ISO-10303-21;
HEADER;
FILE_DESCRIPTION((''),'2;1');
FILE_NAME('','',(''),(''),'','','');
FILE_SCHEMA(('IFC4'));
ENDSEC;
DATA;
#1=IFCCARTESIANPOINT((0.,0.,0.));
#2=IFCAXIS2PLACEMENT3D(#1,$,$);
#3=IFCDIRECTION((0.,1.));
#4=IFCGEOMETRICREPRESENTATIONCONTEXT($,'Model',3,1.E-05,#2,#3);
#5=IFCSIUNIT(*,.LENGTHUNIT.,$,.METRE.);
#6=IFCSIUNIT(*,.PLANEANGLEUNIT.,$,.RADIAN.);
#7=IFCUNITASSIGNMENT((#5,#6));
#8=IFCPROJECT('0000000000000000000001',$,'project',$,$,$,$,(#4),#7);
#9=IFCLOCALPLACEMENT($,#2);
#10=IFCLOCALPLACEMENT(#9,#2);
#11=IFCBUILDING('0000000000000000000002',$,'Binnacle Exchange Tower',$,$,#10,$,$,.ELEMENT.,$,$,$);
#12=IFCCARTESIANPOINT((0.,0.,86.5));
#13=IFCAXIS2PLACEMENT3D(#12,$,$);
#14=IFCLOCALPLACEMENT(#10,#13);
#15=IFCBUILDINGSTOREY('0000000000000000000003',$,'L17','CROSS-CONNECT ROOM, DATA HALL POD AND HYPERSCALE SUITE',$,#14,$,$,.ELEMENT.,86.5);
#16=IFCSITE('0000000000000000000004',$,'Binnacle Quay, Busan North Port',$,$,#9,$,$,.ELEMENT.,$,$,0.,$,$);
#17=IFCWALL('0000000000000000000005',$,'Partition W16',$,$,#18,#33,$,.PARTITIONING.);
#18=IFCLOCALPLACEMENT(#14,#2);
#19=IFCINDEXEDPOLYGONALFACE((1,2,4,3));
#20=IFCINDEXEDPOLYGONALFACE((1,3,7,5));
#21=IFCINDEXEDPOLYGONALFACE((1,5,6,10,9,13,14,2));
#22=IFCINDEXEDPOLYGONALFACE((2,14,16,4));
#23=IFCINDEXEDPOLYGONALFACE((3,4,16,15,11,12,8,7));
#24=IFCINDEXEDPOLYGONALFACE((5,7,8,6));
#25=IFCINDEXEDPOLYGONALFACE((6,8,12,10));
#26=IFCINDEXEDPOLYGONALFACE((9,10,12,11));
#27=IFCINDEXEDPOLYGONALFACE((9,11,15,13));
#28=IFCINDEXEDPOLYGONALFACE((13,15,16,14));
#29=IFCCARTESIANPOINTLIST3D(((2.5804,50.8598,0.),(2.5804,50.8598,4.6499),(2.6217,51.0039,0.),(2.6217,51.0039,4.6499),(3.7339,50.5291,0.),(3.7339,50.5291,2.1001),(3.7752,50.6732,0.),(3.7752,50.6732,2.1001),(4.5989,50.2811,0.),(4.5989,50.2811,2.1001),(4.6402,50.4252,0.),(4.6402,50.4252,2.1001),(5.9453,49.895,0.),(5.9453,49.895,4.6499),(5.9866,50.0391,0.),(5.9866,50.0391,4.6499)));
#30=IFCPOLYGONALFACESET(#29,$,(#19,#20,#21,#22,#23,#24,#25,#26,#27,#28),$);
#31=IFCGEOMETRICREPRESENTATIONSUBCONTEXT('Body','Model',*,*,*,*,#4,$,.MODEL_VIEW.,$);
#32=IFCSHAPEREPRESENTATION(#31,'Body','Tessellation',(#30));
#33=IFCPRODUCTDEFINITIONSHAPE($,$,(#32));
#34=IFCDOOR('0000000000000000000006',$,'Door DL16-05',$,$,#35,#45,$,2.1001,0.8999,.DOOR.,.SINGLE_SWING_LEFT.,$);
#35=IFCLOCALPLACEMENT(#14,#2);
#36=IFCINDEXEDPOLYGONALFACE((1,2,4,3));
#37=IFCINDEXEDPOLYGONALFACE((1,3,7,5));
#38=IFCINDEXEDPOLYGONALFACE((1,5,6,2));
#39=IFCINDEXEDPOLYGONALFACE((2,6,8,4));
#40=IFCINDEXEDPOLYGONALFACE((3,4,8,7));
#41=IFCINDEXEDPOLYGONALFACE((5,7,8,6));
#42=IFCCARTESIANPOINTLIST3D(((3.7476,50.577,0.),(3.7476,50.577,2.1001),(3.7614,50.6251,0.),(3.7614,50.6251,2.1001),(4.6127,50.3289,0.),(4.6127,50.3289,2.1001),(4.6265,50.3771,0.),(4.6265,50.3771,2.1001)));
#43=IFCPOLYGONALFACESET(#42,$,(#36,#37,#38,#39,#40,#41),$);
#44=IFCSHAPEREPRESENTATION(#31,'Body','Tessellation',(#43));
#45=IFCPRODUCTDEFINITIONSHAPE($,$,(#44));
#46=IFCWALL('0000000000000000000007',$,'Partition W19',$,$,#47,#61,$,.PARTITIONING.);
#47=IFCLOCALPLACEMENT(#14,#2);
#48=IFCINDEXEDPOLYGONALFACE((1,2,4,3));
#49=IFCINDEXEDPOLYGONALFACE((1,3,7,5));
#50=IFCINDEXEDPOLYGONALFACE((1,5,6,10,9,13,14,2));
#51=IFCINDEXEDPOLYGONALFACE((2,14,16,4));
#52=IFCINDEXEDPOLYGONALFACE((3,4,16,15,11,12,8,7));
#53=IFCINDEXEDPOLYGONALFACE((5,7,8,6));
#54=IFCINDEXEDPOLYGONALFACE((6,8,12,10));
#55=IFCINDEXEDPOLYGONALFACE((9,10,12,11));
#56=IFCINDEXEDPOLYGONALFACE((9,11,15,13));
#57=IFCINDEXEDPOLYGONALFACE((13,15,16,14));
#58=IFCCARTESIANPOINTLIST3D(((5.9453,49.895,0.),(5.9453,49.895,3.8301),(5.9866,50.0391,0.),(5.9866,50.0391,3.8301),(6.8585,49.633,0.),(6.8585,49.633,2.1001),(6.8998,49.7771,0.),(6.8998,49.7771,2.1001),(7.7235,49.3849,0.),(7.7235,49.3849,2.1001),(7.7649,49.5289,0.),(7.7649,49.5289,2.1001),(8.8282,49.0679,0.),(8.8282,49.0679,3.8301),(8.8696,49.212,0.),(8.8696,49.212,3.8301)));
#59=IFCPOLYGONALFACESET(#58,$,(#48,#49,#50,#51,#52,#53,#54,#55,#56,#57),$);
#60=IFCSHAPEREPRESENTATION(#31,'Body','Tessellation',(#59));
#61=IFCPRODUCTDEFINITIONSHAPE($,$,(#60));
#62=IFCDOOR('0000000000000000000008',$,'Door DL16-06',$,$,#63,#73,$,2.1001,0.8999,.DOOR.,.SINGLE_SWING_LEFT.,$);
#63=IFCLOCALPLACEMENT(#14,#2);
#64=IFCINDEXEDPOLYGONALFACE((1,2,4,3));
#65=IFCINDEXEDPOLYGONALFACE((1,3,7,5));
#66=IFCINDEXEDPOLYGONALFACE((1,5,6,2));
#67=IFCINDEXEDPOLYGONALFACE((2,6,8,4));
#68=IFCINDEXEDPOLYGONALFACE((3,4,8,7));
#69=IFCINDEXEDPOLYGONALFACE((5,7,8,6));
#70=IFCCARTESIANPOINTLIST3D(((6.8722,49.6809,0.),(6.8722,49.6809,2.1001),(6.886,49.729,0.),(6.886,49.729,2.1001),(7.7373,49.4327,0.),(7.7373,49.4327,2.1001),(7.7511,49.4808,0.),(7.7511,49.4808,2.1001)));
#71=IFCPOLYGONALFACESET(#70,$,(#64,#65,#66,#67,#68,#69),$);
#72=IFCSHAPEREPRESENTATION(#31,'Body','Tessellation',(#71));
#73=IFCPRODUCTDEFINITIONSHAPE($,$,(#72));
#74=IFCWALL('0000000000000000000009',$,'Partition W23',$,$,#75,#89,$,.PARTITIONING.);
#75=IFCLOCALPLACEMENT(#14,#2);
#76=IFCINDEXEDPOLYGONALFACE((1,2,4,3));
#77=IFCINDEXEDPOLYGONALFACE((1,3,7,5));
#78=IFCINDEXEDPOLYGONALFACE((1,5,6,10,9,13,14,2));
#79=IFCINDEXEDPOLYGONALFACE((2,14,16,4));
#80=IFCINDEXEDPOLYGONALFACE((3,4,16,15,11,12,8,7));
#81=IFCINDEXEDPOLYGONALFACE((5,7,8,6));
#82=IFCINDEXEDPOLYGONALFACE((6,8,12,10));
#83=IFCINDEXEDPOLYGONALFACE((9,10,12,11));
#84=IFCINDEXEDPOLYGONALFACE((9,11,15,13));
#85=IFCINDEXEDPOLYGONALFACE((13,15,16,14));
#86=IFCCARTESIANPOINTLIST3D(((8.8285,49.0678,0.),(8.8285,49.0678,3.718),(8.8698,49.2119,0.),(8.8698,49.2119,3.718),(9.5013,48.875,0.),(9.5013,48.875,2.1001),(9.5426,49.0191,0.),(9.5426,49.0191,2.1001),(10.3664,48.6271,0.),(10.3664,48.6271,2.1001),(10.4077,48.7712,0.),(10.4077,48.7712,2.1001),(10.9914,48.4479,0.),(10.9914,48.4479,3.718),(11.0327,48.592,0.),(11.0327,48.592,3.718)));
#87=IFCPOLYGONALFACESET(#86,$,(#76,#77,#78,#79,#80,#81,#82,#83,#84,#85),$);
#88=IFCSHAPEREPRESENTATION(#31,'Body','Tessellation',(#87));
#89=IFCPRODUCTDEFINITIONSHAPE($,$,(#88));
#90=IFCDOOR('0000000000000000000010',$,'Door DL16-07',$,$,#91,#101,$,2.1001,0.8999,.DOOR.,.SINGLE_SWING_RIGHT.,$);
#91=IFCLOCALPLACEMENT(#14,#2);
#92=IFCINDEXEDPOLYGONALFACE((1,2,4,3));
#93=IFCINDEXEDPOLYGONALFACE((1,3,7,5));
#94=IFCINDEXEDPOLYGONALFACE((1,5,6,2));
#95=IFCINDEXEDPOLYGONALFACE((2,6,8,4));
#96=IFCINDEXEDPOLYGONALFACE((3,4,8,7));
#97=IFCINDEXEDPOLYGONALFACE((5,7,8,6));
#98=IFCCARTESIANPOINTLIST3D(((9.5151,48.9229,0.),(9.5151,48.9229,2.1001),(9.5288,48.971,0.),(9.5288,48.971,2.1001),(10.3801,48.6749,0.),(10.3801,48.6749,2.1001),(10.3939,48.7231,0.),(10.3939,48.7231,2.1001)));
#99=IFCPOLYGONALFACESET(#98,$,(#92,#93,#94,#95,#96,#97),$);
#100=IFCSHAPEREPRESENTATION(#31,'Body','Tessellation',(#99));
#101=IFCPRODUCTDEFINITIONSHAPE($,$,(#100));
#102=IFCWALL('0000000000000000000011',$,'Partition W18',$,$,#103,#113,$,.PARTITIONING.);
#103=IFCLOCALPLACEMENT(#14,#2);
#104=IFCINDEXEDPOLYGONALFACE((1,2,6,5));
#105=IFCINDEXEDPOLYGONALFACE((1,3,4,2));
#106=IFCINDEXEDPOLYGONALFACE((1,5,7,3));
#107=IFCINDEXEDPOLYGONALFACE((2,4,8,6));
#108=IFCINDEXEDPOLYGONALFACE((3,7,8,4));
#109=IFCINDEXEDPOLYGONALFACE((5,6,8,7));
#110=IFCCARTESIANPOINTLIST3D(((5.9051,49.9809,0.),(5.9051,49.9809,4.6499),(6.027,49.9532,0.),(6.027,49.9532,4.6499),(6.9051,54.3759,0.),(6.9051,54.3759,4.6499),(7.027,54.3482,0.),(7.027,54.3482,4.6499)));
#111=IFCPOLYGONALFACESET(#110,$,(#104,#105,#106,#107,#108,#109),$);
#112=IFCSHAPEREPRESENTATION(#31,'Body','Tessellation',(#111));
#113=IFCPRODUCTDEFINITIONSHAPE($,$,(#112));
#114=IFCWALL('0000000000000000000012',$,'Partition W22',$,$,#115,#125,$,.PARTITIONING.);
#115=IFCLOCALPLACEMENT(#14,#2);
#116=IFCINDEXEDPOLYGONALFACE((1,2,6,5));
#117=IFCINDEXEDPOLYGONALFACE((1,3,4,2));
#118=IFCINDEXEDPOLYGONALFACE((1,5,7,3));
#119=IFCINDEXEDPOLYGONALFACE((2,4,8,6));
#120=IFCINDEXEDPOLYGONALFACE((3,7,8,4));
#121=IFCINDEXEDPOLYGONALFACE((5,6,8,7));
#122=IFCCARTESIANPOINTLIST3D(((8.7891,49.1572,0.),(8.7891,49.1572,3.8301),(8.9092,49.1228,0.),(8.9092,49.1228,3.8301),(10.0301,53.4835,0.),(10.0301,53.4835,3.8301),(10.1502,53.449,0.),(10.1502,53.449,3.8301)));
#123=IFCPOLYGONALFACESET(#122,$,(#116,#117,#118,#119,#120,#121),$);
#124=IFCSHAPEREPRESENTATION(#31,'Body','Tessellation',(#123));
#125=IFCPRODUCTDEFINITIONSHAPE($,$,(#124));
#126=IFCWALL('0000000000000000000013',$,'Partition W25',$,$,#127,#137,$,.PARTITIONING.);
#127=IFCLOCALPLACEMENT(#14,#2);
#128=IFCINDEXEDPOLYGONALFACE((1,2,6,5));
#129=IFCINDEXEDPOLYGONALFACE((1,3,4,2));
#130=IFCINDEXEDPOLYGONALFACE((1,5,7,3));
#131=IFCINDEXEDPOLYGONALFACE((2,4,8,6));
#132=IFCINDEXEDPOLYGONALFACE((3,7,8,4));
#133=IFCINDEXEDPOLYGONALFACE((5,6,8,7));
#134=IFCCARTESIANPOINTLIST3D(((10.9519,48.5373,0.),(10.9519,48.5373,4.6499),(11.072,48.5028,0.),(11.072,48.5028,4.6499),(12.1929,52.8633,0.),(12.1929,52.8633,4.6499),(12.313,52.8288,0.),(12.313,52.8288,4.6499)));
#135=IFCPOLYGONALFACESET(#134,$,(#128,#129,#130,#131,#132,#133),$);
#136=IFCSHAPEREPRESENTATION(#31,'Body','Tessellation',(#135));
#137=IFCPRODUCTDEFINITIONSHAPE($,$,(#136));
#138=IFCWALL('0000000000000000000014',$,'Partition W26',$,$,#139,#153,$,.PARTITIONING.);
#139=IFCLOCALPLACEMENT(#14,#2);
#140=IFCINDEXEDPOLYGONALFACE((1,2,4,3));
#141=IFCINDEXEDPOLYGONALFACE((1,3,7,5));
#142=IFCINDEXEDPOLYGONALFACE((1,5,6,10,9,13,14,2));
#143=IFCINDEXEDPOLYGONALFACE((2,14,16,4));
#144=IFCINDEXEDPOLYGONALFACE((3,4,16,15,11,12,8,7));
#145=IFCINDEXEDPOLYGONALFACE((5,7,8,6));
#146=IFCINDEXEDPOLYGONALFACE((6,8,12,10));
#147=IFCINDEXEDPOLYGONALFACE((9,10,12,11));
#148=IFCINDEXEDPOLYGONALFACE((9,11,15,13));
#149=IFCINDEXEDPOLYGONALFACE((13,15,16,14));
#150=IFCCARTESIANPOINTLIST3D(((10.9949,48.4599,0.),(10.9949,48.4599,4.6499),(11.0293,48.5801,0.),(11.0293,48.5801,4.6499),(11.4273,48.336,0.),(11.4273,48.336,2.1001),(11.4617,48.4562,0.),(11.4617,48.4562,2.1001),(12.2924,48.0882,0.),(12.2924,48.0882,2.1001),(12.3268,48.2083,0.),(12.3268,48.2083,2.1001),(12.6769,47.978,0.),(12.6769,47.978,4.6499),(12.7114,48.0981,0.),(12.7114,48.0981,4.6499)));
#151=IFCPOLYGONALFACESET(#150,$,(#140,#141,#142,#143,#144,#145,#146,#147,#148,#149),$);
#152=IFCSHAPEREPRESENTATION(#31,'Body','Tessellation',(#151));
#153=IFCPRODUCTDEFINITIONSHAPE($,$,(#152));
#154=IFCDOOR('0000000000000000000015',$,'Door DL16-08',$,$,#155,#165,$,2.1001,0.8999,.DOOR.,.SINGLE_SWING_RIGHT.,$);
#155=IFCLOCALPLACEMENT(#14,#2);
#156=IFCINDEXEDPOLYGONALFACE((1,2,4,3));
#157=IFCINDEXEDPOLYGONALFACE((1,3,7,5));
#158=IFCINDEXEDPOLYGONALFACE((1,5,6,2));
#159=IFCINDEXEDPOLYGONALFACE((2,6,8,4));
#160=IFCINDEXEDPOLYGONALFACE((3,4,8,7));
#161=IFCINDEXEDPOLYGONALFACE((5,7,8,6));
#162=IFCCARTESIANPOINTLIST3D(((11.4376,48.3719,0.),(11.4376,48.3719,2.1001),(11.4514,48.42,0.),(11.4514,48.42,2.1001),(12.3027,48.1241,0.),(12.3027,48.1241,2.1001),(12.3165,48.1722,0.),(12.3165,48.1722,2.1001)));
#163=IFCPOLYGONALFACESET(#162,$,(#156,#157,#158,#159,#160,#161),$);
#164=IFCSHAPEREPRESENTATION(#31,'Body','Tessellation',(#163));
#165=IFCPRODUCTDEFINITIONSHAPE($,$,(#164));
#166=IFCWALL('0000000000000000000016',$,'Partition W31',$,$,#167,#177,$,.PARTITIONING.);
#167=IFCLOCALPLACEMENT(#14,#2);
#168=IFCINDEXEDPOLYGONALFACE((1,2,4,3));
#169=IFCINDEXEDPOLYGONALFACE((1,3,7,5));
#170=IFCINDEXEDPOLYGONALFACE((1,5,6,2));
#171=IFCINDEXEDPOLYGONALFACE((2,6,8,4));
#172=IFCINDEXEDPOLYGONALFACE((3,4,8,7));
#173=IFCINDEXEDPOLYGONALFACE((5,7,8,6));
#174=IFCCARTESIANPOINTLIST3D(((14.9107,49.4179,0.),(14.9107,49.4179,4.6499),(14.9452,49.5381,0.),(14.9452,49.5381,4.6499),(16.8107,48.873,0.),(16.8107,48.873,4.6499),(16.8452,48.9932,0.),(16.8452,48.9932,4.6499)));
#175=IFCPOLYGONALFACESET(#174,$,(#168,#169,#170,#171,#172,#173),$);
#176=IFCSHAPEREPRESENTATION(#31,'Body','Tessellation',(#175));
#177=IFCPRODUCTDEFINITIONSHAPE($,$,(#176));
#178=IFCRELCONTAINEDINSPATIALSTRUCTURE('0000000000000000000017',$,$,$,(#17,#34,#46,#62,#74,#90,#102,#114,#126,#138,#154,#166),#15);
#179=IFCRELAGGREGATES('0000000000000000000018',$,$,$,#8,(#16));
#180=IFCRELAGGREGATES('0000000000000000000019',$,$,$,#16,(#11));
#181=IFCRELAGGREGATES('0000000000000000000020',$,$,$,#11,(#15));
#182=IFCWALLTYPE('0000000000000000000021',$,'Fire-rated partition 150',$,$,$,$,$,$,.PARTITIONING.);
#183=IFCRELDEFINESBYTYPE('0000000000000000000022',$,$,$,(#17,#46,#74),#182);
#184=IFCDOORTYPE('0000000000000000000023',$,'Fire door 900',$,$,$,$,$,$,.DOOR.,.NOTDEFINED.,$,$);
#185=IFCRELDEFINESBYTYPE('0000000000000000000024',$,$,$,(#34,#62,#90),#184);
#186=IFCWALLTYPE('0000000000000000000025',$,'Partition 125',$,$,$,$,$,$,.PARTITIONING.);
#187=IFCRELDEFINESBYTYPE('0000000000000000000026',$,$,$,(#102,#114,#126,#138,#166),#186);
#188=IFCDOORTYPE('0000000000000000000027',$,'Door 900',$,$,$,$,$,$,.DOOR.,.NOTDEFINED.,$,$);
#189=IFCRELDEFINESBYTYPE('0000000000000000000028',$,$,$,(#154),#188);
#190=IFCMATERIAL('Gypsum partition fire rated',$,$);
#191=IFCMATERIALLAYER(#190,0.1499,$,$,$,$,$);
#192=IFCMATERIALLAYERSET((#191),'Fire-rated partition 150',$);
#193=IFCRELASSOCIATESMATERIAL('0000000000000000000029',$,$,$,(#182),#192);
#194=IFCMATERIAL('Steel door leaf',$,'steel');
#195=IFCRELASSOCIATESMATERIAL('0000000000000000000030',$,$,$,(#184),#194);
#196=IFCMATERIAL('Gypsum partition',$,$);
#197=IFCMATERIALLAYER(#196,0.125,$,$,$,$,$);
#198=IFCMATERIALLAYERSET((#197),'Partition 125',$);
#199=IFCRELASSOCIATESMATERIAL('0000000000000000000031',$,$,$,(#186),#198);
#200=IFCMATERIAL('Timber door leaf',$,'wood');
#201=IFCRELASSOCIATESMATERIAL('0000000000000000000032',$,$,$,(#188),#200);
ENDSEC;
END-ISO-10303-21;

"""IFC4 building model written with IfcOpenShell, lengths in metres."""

from ifc_helpers import new_model, si_unit, direction, frame, frame_2d, origin, place, context, subcontext, project, spatial, rectangle, extrude, material, layer, layer_set, type_object, element, fill, save


model = new_model("IFC4")

# Units and contexts
model_context = context("Model", 3, precision=1e-05, world=origin(), true_north=direction((0.0, 1.0)))
body_context = subcontext(model_context, "Body", "Model", "MODEL_VIEW")
ifc_project = project(units=[si_unit("LENGTHUNIT", "METRE"), si_unit("PLANEANGLEUNIT", "RADIAN")], contexts=[model_context])

# Site, building, storey
site_placement = place(None, origin())
site = spatial("IfcSite", under=ifc_project, at=site_placement, Name="Binnacle Quay, Busan North Port", CompositionType="ELEMENT", RefElevation=0.0)
building_placement = place(site_placement, origin())
building = spatial("IfcBuilding", under=site, at=building_placement, Name="Binnacle Exchange Tower", CompositionType="ELEMENT")
storey_placement = place(building_placement, frame((0.0, 0.0, 86.5)))
storey = spatial("IfcBuildingStorey", under=building, at=storey_placement, Name="L17", Description="CROSS-CONNECT ROOM, DATA HALL POD AND HYPERSCALE SUITE", CompositionType="ELEMENT", Elevation=86.5)

# Shared definitions
ifc_material_1 = material(Name="Steel door leaf", Category="steel")

# Shared definitions
ifc_material_2 = material(Name="Gypsum partition fire rated")
ifc_layer_1 = layer(ifc_material_2, 0.1499)
ifc_layer_set_1 = layer_set([ifc_layer_1], Name="Fire-rated partition 150")
wall_type_1 = type_object("IfcWallType", Name="Fire-rated partition 150", PredefinedType="PARTITIONING", material=ifc_layer_set_1)

# Walls, openings, doors
wall_1_placement = place(storey_placement, frame((2.6011, 50.9319, 0.0), z_axis=(0.0, 0.0, 1.0), x_axis=(0.961266, -0.275624, 0.0)))
wall_1 = element("IfcWall", 1, at=wall_1_placement, inside=storey, type_object=wall_type_1, Name="Partition W16", PredefinedType="PARTITIONING", context=body_context, shape_type="SweptSolid", body=[
    extrude(rectangle(XDim=3.5005, YDim=0.1499, at=frame_2d((1.7502, 0.0))), origin(), (0.0, 0.0, 1.0), 4.6499),
])
opening_1_placement = place(wall_1_placement, frame((1.2, 0.0, 0.0)))
opening_1 = element("IfcOpeningElement", 2, at=opening_1_placement, cuts=wall_1, PredefinedType="OPENING", context=body_context, shape_type="SweptSolid", body=[
    extrude(rectangle(XDim=0.8999, YDim=2.1001, at=frame_2d((0.45, 1.05))), frame((0.0, 0.085, 0.0), z_axis=(0.0, -1.0, 0.0), x_axis=(1.0, 0.0, 0.0)), (0.0, 0.0, 1.0), 0.1699),
])
door_type_1 = type_object("IfcDoorType", Name="Fire door 900", OperationType="NOTDEFINED", PredefinedType="DOOR", material=ifc_material_1)
door_1_placement = place(opening_1_placement, origin())
door_1 = element("IfcDoor", 3, at=door_1_placement, inside=storey, type_object=door_type_1, Name="Door DL16-05", OperationType="SINGLE_SWING_LEFT", OverallHeight=2.1001, OverallWidth=0.8999, PredefinedType="DOOR", context=body_context, shape_type="SweptSolid", body=[
    extrude(rectangle(XDim=0.8999, YDim=2.1001, at=frame_2d((0.45, 1.05))), frame((0.0, 0.0249, 0.0), z_axis=(0.0, -1.0, 0.0), x_axis=(1.0, 0.0, 0.0)), (0.0, 0.0, 1.0), 0.05),
])
fill(opening_1, door_1)
wall_2_placement = place(storey_placement, frame((5.9661, 49.967, 0.0), z_axis=(0.0, 0.0, 1.0), x_axis=(0.961222, -0.275775, 0.0)))
wall_2 = element("IfcWall", 4, at=wall_2_placement, inside=storey, type_object=wall_type_1, Name="Partition W19", PredefinedType="PARTITIONING", context=body_context, shape_type="SweptSolid", body=[
    extrude(rectangle(XDim=2.9993, YDim=0.1499, at=frame_2d((1.4995, 0.0))), origin(), (0.0, 0.0, 1.0), 3.8301),
])
opening_2_placement = place(wall_2_placement, frame((0.95, 0.0, 0.0)))
opening_2 = element("IfcOpeningElement", 5, at=opening_2_placement, cuts=wall_2, PredefinedType="OPENING", context=body_context, shape_type="SweptSolid", body=[
    extrude(rectangle(XDim=0.8999, YDim=2.1001, at=frame_2d((0.45, 1.05))), frame((0.0, 0.085, 0.0), z_axis=(0.0, -1.0, 0.0), x_axis=(1.0, 0.0, 0.0)), (0.0, 0.0, 1.0), 0.1699),
])
door_2_placement = place(opening_2_placement, origin())
door_2 = element("IfcDoor", 6, at=door_2_placement, inside=storey, type_object=door_type_1, Name="Door DL16-06", OperationType="SINGLE_SWING_LEFT", OverallHeight=2.1001, OverallWidth=0.8999, PredefinedType="DOOR", context=body_context, shape_type="SweptSolid", body=[
    extrude(rectangle(XDim=0.8999, YDim=2.1001, at=frame_2d((0.45, 1.05))), frame((0.0, 0.0249, 0.0), z_axis=(0.0, -1.0, 0.0), x_axis=(1.0, 0.0, 0.0)), (0.0, 0.0, 1.0), 0.05),
])
fill(opening_2, door_2)
wall_3_placement = place(storey_placement, frame((8.8491, 49.1399, 0.0), z_axis=(0.0, 0.0, 1.0), x_axis=(0.961298, -0.275509, 0.0)))
wall_3 = element("IfcWall", 7, at=wall_3_placement, inside=storey, type_object=wall_type_1, Name="Partition W23", PredefinedType="PARTITIONING", context=body_context, shape_type="SweptSolid", body=[
    extrude(rectangle(XDim=2.25, YDim=0.1499, at=frame_2d((1.125, 0.0))), origin(), (0.0, 0.0, 1.0), 3.718),
])
opening_3_placement = place(wall_3_placement, frame((0.7, 0.0, 0.0)))
opening_3 = element("IfcOpeningElement", 8, at=opening_3_placement, cuts=wall_3, PredefinedType="OPENING", context=body_context, shape_type="SweptSolid", body=[
    extrude(rectangle(XDim=0.8999, YDim=2.1001, at=frame_2d((0.45, 1.05))), frame((0.0, 0.085, 0.0), z_axis=(0.0, -1.0, 0.0), x_axis=(1.0, 0.0, 0.0)), (0.0, 0.0, 1.0), 0.1699),
])
door_3_placement = place(opening_3_placement, origin())
door_3 = element("IfcDoor", 9, at=door_3_placement, inside=storey, type_object=door_type_1, Name="Door DL16-07", OperationType="SINGLE_SWING_RIGHT", OverallHeight=2.1001, OverallWidth=0.8999, PredefinedType="DOOR", context=body_context, shape_type="SweptSolid", body=[
    extrude(rectangle(XDim=0.8999, YDim=2.1001, at=frame_2d((0.45, 1.05))), frame((0.0, 0.0249, 0.0), z_axis=(0.0, -1.0, 0.0), x_axis=(1.0, 0.0, 0.0)), (0.0, 0.0, 1.0), 0.05),
])
fill(opening_3, door_3)

# Walls
ifc_material_3 = material(Name="Gypsum partition")
ifc_layer_2 = layer(ifc_material_3, 0.125)
ifc_layer_set_2 = layer_set([ifc_layer_2], Name="Partition 125")
wall_type_2 = type_object("IfcWallType", Name="Partition 125", PredefinedType="PARTITIONING", material=ifc_layer_set_2)
wall_4_placement = place(storey_placement, frame((5.9661, 49.967, 0.0), z_axis=(0.0, 0.0, 1.0), x_axis=(0.22186, 0.975079, 0.0)))
element("IfcWall", 10, at=wall_4_placement, inside=storey, type_object=wall_type_2, Name="Partition W18", PredefinedType="PARTITIONING", context=body_context, shape_type="SweptSolid", body=[
    extrude(rectangle(XDim=4.5073, YDim=0.125, at=frame_2d((2.2537, 0.0))), origin(), (0.0, 0.0, 1.0), 4.6499),
])
wall_5_placement = place(storey_placement, frame((8.8491, 49.1399, 0.0), z_axis=(0.0, 0.0, 1.0), x_axis=(0.275731, 0.961235, 0.0)))
element("IfcWall", 11, at=wall_5_placement, inside=storey, type_object=wall_type_2, Name="Partition W22", PredefinedType="PARTITIONING", context=body_context, shape_type="SweptSolid", body=[
    extrude(rectangle(XDim=4.5007, YDim=0.125, at=frame_2d((2.2505, 0.0))), origin(), (0.0, 0.0, 1.0), 3.8301),
])
wall_6_placement = place(storey_placement, frame((11.012, 48.52, 0.0), z_axis=(0.0, 0.0, 1.0), x_axis=(0.275746, 0.961231, 0.0)))
element("IfcWall", 12, at=wall_6_placement, inside=storey, type_object=wall_type_2, Name="Partition W25", PredefinedType="PARTITIONING", context=body_context, shape_type="SweptSolid", body=[
    extrude(rectangle(XDim=4.5005, YDim=0.125, at=frame_2d((2.2502, 0.0))), origin(), (0.0, 0.0, 1.0), 4.6499),
])

# Wall, opening, door
wall_7_placement = place(storey_placement, frame((11.012, 48.52, 0.0), z_axis=(0.0, 0.0, 1.0), x_axis=(0.961324, -0.275421, 0.0)))
wall_7 = element("IfcWall", 13, at=wall_7_placement, inside=storey, type_object=wall_type_2, Name="Partition W26", PredefinedType="PARTITIONING", context=body_context, shape_type="SweptSolid", body=[
    extrude(rectangle(XDim=1.7498, YDim=0.125, at=frame_2d((0.875, 0.0))), origin(), (0.0, 0.0, 1.0), 4.6499),
])
opening_4_placement = place(wall_7_placement, frame((0.45, 0.0, 0.0)))
opening_4 = element("IfcOpeningElement", 14, at=opening_4_placement, cuts=wall_7, PredefinedType="OPENING", context=body_context, shape_type="SweptSolid", body=[
    extrude(rectangle(XDim=0.8999, YDim=2.1001, at=frame_2d((0.45, 1.05))), frame((0.0, 0.0725, 0.0), z_axis=(0.0, -1.0, 0.0), x_axis=(1.0, 0.0, 0.0)), (0.0, 0.0, 1.0), 0.145),
])
ifc_material_4 = material(Name="Timber door leaf", Category="wood")
door_type_2 = type_object("IfcDoorType", Name="Door 900", OperationType="NOTDEFINED", PredefinedType="DOOR", material=ifc_material_4)
door_4_placement = place(opening_4_placement, origin())
door_4 = element("IfcDoor", 15, at=door_4_placement, inside=storey, type_object=door_type_2, Name="Door DL16-08", OperationType="SINGLE_SWING_RIGHT", OverallHeight=2.1001, OverallWidth=0.8999, PredefinedType="DOOR", context=body_context, shape_type="SweptSolid", body=[
    extrude(rectangle(XDim=0.8999, YDim=2.1001, at=frame_2d((0.45, 1.05))), frame((0.0, 0.0249, 0.0), z_axis=(0.0, -1.0, 0.0), x_axis=(1.0, 0.0, 0.0)), (0.0, 0.0, 1.0), 0.05),
])
fill(opening_4, door_4)

# Wall
wall_8_placement = place(storey_placement, frame((14.928, 49.478, 0.0), z_axis=(0.0, 0.0, 1.0), x_axis=(0.961244, -0.2757, 0.0)))
element("IfcWall", 16, at=wall_8_placement, inside=storey, type_object=wall_type_2, Name="Partition W31", PredefinedType="PARTITIONING", context=body_context, shape_type="SweptSolid", body=[
    extrude(rectangle(XDim=1.9766, YDim=0.125, at=frame_2d((0.9883, 0.0))), origin(), (0.0, 0.0, 1.0), 4.6499),
])

save(model, "model.ifc")
